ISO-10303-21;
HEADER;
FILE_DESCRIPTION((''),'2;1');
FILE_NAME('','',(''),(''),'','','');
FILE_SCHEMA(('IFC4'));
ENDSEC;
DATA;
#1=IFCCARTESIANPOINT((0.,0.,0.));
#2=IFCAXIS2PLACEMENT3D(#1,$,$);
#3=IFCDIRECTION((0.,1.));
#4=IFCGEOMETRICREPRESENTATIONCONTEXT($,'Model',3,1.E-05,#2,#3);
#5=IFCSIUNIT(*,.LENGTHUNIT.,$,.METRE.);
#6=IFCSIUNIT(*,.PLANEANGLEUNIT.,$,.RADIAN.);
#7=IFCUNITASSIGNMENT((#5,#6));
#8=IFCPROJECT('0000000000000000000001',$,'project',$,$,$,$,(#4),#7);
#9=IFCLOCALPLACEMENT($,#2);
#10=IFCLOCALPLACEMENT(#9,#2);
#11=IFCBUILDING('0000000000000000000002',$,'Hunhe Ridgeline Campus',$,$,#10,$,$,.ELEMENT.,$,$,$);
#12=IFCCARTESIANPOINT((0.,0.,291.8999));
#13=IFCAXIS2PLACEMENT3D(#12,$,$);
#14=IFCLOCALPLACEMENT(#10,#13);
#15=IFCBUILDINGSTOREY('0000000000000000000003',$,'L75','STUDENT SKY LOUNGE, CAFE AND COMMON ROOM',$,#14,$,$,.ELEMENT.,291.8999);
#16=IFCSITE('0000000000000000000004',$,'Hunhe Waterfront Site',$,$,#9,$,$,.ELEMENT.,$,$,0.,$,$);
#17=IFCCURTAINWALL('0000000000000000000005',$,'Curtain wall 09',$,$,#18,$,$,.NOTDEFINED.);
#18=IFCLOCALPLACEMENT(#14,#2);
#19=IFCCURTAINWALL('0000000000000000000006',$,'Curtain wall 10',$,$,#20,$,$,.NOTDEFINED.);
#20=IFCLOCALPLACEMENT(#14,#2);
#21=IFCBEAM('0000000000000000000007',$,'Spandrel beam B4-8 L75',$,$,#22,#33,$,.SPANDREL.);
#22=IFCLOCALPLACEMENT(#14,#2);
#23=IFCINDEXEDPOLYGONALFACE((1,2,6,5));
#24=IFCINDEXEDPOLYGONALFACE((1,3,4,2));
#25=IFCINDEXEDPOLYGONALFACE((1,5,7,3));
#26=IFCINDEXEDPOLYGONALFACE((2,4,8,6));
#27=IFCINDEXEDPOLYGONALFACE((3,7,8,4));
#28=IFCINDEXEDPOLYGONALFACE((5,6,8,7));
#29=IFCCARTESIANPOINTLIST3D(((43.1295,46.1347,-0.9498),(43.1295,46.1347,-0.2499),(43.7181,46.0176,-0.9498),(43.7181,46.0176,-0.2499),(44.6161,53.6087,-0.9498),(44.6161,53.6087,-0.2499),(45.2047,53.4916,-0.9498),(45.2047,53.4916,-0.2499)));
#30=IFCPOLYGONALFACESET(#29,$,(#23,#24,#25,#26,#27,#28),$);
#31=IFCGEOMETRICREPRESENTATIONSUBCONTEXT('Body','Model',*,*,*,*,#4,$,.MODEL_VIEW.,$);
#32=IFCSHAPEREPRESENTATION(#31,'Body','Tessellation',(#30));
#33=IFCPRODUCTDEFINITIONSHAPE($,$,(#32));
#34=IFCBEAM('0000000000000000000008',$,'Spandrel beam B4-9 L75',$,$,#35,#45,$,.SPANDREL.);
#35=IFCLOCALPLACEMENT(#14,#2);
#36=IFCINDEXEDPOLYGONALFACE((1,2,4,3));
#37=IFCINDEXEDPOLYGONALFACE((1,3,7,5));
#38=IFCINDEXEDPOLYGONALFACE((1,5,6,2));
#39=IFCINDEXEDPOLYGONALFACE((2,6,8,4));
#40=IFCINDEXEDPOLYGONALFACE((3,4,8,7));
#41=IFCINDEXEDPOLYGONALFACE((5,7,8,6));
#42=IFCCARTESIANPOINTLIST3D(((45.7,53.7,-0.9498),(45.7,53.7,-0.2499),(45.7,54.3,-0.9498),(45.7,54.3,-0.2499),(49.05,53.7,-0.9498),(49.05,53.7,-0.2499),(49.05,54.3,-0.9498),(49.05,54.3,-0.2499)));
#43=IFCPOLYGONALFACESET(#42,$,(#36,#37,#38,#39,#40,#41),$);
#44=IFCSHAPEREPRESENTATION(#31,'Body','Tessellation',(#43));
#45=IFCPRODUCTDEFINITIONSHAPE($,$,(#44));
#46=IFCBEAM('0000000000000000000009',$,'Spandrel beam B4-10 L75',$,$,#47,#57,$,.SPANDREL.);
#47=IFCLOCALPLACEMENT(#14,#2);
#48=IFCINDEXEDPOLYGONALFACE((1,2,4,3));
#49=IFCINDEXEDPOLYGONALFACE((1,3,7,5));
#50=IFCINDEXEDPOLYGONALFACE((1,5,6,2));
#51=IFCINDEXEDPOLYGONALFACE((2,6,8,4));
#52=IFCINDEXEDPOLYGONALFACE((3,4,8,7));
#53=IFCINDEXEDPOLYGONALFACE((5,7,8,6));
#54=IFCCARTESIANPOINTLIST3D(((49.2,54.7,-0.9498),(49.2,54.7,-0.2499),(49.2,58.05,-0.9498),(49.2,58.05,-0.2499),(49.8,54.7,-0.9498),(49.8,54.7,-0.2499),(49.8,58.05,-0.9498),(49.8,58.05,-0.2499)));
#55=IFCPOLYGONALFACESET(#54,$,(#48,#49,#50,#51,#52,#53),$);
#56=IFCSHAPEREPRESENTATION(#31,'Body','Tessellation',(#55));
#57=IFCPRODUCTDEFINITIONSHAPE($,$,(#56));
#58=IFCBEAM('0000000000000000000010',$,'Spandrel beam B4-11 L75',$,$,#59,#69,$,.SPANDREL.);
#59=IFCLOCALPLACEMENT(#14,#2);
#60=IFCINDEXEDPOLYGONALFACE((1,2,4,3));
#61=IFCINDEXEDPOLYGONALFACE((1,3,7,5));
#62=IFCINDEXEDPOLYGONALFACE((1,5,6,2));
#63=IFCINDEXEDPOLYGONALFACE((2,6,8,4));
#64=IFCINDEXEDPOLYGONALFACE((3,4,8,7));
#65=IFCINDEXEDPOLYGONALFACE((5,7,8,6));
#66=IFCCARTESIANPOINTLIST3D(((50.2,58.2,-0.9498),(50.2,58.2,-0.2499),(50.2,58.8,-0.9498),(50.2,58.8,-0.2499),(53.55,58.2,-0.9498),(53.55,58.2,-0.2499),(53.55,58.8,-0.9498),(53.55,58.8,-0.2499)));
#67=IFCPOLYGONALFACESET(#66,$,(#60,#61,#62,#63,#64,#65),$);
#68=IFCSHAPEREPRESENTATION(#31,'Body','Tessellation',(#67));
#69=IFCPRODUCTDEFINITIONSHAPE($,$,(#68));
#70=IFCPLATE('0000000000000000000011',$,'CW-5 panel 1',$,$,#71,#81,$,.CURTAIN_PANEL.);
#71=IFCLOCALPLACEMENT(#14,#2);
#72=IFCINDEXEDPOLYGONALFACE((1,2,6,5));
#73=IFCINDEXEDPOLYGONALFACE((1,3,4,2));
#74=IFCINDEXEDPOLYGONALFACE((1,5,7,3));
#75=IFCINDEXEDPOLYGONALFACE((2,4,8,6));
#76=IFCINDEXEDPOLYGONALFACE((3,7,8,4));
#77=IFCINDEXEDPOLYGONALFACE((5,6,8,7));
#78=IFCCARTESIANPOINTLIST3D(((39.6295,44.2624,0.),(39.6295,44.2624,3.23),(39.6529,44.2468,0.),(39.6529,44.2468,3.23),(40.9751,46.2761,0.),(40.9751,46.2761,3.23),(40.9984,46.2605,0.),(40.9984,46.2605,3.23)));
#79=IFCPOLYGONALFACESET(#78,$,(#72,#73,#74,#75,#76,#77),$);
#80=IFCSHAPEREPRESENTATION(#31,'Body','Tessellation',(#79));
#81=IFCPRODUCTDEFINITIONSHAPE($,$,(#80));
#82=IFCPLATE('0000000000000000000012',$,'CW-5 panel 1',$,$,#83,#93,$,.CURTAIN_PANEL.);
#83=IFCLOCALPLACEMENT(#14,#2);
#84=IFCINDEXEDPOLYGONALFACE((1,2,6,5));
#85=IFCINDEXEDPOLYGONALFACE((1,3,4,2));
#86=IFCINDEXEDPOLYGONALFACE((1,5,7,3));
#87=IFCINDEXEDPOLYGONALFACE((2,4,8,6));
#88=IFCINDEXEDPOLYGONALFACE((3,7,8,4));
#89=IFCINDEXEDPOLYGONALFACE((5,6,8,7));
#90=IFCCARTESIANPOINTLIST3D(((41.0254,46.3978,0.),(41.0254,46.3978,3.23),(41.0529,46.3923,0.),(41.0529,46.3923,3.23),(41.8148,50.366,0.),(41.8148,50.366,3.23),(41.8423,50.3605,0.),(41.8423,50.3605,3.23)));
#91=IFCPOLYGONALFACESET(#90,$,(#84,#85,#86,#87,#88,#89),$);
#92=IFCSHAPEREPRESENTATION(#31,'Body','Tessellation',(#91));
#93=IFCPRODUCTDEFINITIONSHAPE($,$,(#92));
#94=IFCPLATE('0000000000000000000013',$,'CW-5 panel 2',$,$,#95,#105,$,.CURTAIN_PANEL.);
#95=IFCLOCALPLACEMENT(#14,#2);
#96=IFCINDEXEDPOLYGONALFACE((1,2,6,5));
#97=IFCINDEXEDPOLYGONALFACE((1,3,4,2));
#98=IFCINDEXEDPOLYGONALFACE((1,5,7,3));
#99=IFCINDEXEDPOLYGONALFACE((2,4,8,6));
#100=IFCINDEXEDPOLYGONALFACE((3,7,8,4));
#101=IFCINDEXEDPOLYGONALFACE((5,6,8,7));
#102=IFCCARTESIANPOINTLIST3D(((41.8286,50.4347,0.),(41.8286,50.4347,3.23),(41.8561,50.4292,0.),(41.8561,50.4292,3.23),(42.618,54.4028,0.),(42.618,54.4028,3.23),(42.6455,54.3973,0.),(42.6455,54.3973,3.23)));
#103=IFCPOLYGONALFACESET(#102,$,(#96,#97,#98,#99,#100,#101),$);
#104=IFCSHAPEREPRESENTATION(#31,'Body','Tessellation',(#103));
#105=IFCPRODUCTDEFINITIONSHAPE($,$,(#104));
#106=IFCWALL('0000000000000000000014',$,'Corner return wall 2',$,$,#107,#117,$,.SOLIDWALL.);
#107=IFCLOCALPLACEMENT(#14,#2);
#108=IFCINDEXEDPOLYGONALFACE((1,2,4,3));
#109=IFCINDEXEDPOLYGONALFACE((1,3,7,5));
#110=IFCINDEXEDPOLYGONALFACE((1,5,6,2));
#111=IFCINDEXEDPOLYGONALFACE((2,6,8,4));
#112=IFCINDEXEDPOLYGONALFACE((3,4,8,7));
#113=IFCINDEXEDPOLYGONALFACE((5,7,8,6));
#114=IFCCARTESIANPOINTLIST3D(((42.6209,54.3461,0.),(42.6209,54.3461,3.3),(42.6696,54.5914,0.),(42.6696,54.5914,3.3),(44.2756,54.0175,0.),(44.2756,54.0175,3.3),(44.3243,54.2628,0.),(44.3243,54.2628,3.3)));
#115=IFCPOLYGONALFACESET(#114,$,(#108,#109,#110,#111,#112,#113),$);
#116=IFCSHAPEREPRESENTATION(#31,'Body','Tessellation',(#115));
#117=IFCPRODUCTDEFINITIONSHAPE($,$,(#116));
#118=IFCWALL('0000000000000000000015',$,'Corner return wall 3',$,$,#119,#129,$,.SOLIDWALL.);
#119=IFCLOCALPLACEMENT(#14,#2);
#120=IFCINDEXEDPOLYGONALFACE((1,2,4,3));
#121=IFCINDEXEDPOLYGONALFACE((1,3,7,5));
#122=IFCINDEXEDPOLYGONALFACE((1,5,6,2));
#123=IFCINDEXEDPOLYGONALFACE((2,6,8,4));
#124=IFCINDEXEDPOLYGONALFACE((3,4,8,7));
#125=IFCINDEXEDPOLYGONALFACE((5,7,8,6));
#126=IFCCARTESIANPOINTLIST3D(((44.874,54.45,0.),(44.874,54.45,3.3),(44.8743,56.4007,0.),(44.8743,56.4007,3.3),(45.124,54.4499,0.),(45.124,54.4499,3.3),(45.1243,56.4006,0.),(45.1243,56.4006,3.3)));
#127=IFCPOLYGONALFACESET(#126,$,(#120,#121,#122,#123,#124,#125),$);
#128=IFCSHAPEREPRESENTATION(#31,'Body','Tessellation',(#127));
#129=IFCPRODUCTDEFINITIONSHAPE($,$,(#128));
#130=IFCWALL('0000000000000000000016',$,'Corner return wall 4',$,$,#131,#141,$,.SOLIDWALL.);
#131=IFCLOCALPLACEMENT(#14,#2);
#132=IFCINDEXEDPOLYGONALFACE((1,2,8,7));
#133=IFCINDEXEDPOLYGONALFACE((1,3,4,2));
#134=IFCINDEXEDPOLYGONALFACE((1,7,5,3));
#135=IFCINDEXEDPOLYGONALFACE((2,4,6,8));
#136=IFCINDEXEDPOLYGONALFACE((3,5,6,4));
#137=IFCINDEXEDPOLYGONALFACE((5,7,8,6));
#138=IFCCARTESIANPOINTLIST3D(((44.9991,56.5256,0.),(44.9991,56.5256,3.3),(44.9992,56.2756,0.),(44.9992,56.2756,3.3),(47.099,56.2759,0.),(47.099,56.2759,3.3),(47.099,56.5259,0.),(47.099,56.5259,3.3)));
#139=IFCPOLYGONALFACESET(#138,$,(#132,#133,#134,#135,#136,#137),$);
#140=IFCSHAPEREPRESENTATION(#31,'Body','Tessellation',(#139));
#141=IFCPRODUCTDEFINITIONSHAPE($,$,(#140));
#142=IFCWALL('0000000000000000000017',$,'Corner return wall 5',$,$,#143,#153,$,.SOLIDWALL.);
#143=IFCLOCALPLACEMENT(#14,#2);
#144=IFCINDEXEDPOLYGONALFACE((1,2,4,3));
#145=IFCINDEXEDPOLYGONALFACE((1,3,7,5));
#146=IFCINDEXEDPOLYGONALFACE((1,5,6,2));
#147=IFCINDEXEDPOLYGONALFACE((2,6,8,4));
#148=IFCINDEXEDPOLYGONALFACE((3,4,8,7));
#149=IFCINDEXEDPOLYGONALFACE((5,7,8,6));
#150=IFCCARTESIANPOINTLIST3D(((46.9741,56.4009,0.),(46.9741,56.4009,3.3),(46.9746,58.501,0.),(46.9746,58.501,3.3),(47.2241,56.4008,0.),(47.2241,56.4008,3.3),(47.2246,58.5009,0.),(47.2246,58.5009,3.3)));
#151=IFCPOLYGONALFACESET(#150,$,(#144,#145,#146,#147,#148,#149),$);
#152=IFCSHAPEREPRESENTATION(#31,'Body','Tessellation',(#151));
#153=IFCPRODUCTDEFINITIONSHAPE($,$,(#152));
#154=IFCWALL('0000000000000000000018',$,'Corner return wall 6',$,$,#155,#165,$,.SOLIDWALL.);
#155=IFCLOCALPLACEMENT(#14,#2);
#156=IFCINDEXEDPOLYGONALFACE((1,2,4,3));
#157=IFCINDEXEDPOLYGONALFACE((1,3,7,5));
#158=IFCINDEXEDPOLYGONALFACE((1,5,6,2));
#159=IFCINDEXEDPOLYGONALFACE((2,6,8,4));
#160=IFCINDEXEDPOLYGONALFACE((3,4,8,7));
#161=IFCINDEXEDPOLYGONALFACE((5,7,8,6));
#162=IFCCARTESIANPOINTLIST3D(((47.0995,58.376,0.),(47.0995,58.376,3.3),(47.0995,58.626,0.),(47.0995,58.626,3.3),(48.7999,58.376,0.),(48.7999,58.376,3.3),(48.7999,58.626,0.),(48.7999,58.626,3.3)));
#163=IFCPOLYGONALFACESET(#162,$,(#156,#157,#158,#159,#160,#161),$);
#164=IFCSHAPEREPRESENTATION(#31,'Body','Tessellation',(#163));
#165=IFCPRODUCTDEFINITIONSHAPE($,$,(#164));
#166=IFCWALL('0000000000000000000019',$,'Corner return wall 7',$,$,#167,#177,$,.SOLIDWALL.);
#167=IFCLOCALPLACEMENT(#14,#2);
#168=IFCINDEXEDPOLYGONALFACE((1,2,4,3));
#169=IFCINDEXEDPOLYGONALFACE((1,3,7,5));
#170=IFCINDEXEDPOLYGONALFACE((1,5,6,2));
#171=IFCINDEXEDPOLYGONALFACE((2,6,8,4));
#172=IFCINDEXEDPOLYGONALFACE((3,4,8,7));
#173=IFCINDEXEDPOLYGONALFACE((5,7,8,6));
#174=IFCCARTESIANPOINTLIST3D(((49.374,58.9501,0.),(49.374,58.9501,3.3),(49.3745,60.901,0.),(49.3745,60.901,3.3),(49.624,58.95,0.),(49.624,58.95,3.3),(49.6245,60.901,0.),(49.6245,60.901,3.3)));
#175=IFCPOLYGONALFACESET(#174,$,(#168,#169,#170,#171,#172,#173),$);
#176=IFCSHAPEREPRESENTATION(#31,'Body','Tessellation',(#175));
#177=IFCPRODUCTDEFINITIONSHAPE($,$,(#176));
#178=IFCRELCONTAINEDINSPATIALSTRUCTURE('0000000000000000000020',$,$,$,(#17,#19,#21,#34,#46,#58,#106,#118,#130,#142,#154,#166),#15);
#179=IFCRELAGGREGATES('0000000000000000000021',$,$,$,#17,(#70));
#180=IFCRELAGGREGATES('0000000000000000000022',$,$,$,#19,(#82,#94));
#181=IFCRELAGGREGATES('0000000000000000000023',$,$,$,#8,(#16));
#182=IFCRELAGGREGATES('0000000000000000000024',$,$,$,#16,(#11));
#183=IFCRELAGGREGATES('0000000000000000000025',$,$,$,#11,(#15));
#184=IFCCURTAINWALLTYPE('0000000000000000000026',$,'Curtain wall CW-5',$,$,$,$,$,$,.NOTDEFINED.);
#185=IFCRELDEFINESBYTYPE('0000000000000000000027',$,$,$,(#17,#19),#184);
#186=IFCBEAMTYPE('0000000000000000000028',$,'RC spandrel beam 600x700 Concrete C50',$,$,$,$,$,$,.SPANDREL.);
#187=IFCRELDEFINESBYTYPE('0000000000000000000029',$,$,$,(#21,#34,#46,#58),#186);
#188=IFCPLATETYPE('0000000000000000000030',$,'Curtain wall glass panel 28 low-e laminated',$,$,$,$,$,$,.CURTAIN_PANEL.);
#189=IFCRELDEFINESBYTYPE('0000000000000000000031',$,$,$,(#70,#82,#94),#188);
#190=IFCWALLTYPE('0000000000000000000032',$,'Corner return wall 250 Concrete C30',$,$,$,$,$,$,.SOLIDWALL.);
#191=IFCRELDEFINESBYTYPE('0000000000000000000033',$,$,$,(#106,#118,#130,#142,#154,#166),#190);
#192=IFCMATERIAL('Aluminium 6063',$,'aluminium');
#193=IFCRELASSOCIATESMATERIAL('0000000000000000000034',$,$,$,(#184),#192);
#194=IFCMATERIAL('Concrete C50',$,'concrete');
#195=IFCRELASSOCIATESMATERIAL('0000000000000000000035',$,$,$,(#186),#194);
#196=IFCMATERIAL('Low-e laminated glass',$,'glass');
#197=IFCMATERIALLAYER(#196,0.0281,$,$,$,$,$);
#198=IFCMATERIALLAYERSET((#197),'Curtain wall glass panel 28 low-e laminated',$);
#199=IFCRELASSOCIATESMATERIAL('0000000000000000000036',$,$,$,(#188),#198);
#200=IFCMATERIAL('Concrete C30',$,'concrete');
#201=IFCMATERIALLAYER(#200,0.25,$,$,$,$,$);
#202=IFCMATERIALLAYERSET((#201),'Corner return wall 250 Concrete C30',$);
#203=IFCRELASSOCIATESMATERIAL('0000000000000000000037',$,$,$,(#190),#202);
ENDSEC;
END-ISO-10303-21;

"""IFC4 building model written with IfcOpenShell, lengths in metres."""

from ifc_helpers import new_model, si_unit, direction, frame, frame_2d, origin, origin_2d, place, context, subcontext, project, spatial, rectangle, extrude, material, layer, layer_set, material_profile, profile_set, type_object, element, aggregate, save


model = new_model("IFC4")

# Units and contexts
model_context = context("Model", 3, precision=1e-05, world=origin(), true_north=direction((0.0, 1.0)))
body_context = subcontext(model_context, "Body", "Model", "MODEL_VIEW")
ifc_project = project(units=[si_unit("LENGTHUNIT", "METRE"), si_unit("PLANEANGLEUNIT", "RADIAN")], contexts=[model_context])

# Site, building, storey
site_placement = place(None, origin())
site = spatial("IfcSite", under=ifc_project, at=site_placement, Name="Hunhe Waterfront Site", CompositionType="ELEMENT", RefElevation=0.0)
building_placement = place(site_placement, origin())
building = spatial("IfcBuilding", under=site, at=building_placement, Name="Hunhe Ridgeline Campus", CompositionType="ELEMENT")
storey_placement = place(building_placement, frame((0.0, 0.0, 291.8999)))
storey = spatial("IfcBuildingStorey", under=building, at=storey_placement, Name="L75", Description="STUDENT SKY LOUNGE, CAFE AND COMMON ROOM", CompositionType="ELEMENT", Elevation=291.8999)

# Shared definitions
ifc_material_1 = material(Name="Concrete C50", Category="concrete")

# Shared definitions
ifc_material_2 = material(Name="Aluminium 6063", Category="aluminium")
curtain_wall_type = type_object("IfcCurtainWallType", Name="Curtain wall CW-5", PredefinedType="NOTDEFINED", material=ifc_material_2)

# Curtain walls
curtain_wall_1_placement = place(storey_placement, origin())
curtain_wall_1 = element("IfcCurtainWall", 1, at=curtain_wall_1_placement, inside=storey, type_object=curtain_wall_type, Name="Curtain wall 09", PredefinedType="NOTDEFINED")
curtain_wall_2_placement = place(storey_placement, origin())
curtain_wall_2 = element("IfcCurtainWall", 2, at=curtain_wall_2_placement, inside=storey, type_object=curtain_wall_type, Name="Curtain wall 10", PredefinedType="NOTDEFINED")

# Beams
ifc_material_profile_1 = material_profile(ifc_material_1, rectangle(XDim=0.6001, YDim=0.7, at=origin_2d()))
ifc_profile_set_1 = profile_set([ifc_material_profile_1], Name="Concrete C50")
beam_type = type_object("IfcBeamType", Name="RC spandrel beam 600x700 Concrete C50", PredefinedType="SPANDREL", material=ifc_profile_set_1)
beam_placement = place(storey_placement, frame((43.4238, 46.0762, -0.5999), z_axis=(0.195081, 0.980787, 0.0), x_axis=(-0.980787, 0.195081, 0.0)))
element("IfcBeam", 3, at=beam_placement, inside=storey, type_object=beam_type, Name="Spandrel beam B4-8 L75", PredefinedType="SPANDREL", context=body_context, shape_type="SweptSolid", body=[
    extrude(rectangle(XDim=0.6001, YDim=0.7, at=origin_2d()), origin(), (0.0, 0.0, 1.0), 7.6204),
])
for number, where, z_axis, x_axis, name in (
    (4, (45.7, 54.0, -0.5999), (1.0, 0.0, 0.0), (0.0, 1.0, 0.0), "Spandrel beam B4-9 L75"),
    (5, (49.5, 54.7, -0.5999), (0.0, 1.0, 0.0), (-1.0, 0.0, 0.0), "Spandrel beam B4-10 L75"),
    (6, (50.2, 58.5, -0.5999), (1.0, 0.0, 0.0), (0.0, 1.0, 0.0), "Spandrel beam B4-11 L75"),
):
    element("IfcBeam", number, at=place(storey_placement, frame(where, z_axis=z_axis, x_axis=x_axis)), inside=storey, type_object=beam_type, Name=name, PredefinedType="SPANDREL", context=body_context, shape_type="SweptSolid", body=[
        extrude(rectangle(XDim=0.6001, YDim=0.7, at=origin_2d()), origin(), (0.0, 0.0, 1.0), 3.3501),
    ])

# Plates
ifc_material_3 = material(Name="Low-e laminated glass", Category="glass")
ifc_layer_1 = layer(ifc_material_3, 0.0281)
ifc_layer_set_1 = layer_set([ifc_layer_1], Name="Curtain wall glass panel 28 low-e laminated")
plate_type = type_object("IfcPlateType", Name="Curtain wall glass panel 28 low-e laminated", PredefinedType="CURTAIN_PANEL", material=ifc_layer_set_1)
plate_1_placement = place(storey_placement, frame((40.314, 45.2615, 0.0), z_axis=(0.0, 0.0, 1.0), x_axis=(0.55557, 0.83147, 0.0)))
plate_1 = element("IfcPlate", 7, at=plate_1_placement, type_object=plate_type, Name="CW-5 panel 1", PredefinedType="CURTAIN_PANEL", context=body_context, shape_type="SweptSolid", body=[
    extrude(rectangle(XDim=2.4219, YDim=0.0281, at=origin_2d()), origin(), (0.0, 0.0, 1.0), 3.23),
])
aggregate(curtain_wall_1, [plate_1])
plate_2_placement = place(storey_placement, frame((41.4338, 48.3792, 0.0), z_axis=(0.0, 0.0, 1.0), x_axis=(0.195104, 0.980783, 0.0)))
plate_2 = element("IfcPlate", 8, at=plate_2_placement, type_object=plate_type, Name="CW-5 panel 1", PredefinedType="CURTAIN_PANEL", context=body_context, shape_type="SweptSolid", body=[
    extrude(rectangle(XDim=4.0459, YDim=0.0281, at=origin_2d()), origin(), (0.0, 0.0, 1.0), 3.23),
])
plate_3_placement = place(storey_placement, frame((42.2371, 52.416, 0.0), z_axis=(0.0, 0.0, 1.0), x_axis=(0.195104, 0.980783, 0.0)))
plate_3 = element("IfcPlate", 9, at=plate_3_placement, type_object=plate_type, Name="CW-5 panel 2", PredefinedType="CURTAIN_PANEL", context=body_context, shape_type="SweptSolid", body=[
    extrude(rectangle(XDim=4.0459, YDim=0.0281, at=origin_2d()), origin(), (0.0, 0.0, 1.0), 3.23),
])
aggregate(curtain_wall_2, [plate_2, plate_3])

# Walls
ifc_material_4 = material(Name="Concrete C30", Category="concrete")
ifc_layer_2 = layer(ifc_material_4, 0.25)
ifc_layer_set_2 = layer_set([ifc_layer_2], Name="Corner return wall 250 Concrete C30")
wall_type_1 = type_object("IfcWallType", Name="Corner return wall 250 Concrete C30", PredefinedType="SOLIDWALL", material=ifc_layer_set_2)
wall_1_placement = place(storey_placement, frame((42.6453, 54.4688, 0.0), z_axis=(0.0, 0.0, 1.0), x_axis=(0.980847, -0.19478, 0.0)))
element("IfcWall", 10, at=wall_1_placement, inside=storey, type_object=wall_type_1, Name="Corner return wall 2", PredefinedType="SOLIDWALL", context=body_context, shape_type="SweptSolid", body=[
    extrude(rectangle(XDim=1.687, YDim=0.25, at=frame_2d((0.8435, 0.0))), origin(), (0.0, 0.0, 1.0), 3.3),
])
wall_2_placement = place(storey_placement, frame((44.999, 54.45, 0.0), z_axis=(0.0, 0.0, 1.0), x_axis=(0.000125, 1.0, 0.0)))
element("IfcWall", 11, at=wall_2_placement, inside=storey, type_object=wall_type_1, Name="Corner return wall 3", PredefinedType="SOLIDWALL", context=body_context, shape_type="SweptSolid", body=[
    extrude(rectangle(XDim=1.9507, YDim=0.25, at=frame_2d((0.9753, 0.0))), origin(), (0.0, 0.0, 1.0), 3.3),
])
wall_3_placement = place(storey_placement, frame((44.9993, 56.4006, 0.0), z_axis=(0.0, 0.0, 1.0), x_axis=(1.0, 0.000116, 0.0)))
element("IfcWall", 12, at=wall_3_placement, inside=storey, type_object=wall_type_1, Name="Corner return wall 4", PredefinedType="SOLIDWALL", context=body_context, shape_type="SweptSolid", body=[
    extrude(rectangle(XDim=2.0999, YDim=0.25, at=frame_2d((1.0498, 0.0))), origin(), (0.0, 0.0, 1.0), 3.3),
])
wall_4_placement = place(storey_placement, frame((47.0991, 56.4009, 0.0), z_axis=(0.0, 0.0, 1.0), x_axis=(0.000233, 1.0, 0.0)))
element("IfcWall", 13, at=wall_4_placement, inside=storey, type_object=wall_type_1, Name="Corner return wall 5", PredefinedType="SOLIDWALL", context=body_context, shape_type="SweptSolid", body=[
    extrude(rectangle(XDim=2.1001, YDim=0.25, at=frame_2d((1.05, 0.0))), origin(), (0.0, 0.0, 1.0), 3.3),
])
wall_5_placement = place(storey_placement, frame((47.0996, 58.501, 0.0), z_axis=(0.0, 0.0, 1.0), x_axis=(1.0, 0.0, 0.0)))
element("IfcWall", 14, at=wall_5_placement, inside=storey, type_object=wall_type_1, Name="Corner return wall 6", PredefinedType="SOLIDWALL", context=body_context, shape_type="SweptSolid", body=[
    extrude(rectangle(XDim=1.7004, YDim=0.25, at=frame_2d((0.8501, 0.0))), origin(), (0.0, 0.0, 1.0), 3.3),
])
wall_6_placement = place(storey_placement, frame((49.499, 58.95, 0.0), z_axis=(0.0, 0.0, 1.0), x_axis=(0.00025, 1.0, 0.0)))
element("IfcWall", 15, at=wall_6_placement, inside=storey, type_object=wall_type_1, Name="Corner return wall 7", PredefinedType="SOLIDWALL", context=body_context, shape_type="SweptSolid", body=[
    extrude(rectangle(XDim=1.9509, YDim=0.25, at=frame_2d((0.9756, 0.0))), origin(), (0.0, 0.0, 1.0), 3.3),
])

save(model, "model.ifc")
